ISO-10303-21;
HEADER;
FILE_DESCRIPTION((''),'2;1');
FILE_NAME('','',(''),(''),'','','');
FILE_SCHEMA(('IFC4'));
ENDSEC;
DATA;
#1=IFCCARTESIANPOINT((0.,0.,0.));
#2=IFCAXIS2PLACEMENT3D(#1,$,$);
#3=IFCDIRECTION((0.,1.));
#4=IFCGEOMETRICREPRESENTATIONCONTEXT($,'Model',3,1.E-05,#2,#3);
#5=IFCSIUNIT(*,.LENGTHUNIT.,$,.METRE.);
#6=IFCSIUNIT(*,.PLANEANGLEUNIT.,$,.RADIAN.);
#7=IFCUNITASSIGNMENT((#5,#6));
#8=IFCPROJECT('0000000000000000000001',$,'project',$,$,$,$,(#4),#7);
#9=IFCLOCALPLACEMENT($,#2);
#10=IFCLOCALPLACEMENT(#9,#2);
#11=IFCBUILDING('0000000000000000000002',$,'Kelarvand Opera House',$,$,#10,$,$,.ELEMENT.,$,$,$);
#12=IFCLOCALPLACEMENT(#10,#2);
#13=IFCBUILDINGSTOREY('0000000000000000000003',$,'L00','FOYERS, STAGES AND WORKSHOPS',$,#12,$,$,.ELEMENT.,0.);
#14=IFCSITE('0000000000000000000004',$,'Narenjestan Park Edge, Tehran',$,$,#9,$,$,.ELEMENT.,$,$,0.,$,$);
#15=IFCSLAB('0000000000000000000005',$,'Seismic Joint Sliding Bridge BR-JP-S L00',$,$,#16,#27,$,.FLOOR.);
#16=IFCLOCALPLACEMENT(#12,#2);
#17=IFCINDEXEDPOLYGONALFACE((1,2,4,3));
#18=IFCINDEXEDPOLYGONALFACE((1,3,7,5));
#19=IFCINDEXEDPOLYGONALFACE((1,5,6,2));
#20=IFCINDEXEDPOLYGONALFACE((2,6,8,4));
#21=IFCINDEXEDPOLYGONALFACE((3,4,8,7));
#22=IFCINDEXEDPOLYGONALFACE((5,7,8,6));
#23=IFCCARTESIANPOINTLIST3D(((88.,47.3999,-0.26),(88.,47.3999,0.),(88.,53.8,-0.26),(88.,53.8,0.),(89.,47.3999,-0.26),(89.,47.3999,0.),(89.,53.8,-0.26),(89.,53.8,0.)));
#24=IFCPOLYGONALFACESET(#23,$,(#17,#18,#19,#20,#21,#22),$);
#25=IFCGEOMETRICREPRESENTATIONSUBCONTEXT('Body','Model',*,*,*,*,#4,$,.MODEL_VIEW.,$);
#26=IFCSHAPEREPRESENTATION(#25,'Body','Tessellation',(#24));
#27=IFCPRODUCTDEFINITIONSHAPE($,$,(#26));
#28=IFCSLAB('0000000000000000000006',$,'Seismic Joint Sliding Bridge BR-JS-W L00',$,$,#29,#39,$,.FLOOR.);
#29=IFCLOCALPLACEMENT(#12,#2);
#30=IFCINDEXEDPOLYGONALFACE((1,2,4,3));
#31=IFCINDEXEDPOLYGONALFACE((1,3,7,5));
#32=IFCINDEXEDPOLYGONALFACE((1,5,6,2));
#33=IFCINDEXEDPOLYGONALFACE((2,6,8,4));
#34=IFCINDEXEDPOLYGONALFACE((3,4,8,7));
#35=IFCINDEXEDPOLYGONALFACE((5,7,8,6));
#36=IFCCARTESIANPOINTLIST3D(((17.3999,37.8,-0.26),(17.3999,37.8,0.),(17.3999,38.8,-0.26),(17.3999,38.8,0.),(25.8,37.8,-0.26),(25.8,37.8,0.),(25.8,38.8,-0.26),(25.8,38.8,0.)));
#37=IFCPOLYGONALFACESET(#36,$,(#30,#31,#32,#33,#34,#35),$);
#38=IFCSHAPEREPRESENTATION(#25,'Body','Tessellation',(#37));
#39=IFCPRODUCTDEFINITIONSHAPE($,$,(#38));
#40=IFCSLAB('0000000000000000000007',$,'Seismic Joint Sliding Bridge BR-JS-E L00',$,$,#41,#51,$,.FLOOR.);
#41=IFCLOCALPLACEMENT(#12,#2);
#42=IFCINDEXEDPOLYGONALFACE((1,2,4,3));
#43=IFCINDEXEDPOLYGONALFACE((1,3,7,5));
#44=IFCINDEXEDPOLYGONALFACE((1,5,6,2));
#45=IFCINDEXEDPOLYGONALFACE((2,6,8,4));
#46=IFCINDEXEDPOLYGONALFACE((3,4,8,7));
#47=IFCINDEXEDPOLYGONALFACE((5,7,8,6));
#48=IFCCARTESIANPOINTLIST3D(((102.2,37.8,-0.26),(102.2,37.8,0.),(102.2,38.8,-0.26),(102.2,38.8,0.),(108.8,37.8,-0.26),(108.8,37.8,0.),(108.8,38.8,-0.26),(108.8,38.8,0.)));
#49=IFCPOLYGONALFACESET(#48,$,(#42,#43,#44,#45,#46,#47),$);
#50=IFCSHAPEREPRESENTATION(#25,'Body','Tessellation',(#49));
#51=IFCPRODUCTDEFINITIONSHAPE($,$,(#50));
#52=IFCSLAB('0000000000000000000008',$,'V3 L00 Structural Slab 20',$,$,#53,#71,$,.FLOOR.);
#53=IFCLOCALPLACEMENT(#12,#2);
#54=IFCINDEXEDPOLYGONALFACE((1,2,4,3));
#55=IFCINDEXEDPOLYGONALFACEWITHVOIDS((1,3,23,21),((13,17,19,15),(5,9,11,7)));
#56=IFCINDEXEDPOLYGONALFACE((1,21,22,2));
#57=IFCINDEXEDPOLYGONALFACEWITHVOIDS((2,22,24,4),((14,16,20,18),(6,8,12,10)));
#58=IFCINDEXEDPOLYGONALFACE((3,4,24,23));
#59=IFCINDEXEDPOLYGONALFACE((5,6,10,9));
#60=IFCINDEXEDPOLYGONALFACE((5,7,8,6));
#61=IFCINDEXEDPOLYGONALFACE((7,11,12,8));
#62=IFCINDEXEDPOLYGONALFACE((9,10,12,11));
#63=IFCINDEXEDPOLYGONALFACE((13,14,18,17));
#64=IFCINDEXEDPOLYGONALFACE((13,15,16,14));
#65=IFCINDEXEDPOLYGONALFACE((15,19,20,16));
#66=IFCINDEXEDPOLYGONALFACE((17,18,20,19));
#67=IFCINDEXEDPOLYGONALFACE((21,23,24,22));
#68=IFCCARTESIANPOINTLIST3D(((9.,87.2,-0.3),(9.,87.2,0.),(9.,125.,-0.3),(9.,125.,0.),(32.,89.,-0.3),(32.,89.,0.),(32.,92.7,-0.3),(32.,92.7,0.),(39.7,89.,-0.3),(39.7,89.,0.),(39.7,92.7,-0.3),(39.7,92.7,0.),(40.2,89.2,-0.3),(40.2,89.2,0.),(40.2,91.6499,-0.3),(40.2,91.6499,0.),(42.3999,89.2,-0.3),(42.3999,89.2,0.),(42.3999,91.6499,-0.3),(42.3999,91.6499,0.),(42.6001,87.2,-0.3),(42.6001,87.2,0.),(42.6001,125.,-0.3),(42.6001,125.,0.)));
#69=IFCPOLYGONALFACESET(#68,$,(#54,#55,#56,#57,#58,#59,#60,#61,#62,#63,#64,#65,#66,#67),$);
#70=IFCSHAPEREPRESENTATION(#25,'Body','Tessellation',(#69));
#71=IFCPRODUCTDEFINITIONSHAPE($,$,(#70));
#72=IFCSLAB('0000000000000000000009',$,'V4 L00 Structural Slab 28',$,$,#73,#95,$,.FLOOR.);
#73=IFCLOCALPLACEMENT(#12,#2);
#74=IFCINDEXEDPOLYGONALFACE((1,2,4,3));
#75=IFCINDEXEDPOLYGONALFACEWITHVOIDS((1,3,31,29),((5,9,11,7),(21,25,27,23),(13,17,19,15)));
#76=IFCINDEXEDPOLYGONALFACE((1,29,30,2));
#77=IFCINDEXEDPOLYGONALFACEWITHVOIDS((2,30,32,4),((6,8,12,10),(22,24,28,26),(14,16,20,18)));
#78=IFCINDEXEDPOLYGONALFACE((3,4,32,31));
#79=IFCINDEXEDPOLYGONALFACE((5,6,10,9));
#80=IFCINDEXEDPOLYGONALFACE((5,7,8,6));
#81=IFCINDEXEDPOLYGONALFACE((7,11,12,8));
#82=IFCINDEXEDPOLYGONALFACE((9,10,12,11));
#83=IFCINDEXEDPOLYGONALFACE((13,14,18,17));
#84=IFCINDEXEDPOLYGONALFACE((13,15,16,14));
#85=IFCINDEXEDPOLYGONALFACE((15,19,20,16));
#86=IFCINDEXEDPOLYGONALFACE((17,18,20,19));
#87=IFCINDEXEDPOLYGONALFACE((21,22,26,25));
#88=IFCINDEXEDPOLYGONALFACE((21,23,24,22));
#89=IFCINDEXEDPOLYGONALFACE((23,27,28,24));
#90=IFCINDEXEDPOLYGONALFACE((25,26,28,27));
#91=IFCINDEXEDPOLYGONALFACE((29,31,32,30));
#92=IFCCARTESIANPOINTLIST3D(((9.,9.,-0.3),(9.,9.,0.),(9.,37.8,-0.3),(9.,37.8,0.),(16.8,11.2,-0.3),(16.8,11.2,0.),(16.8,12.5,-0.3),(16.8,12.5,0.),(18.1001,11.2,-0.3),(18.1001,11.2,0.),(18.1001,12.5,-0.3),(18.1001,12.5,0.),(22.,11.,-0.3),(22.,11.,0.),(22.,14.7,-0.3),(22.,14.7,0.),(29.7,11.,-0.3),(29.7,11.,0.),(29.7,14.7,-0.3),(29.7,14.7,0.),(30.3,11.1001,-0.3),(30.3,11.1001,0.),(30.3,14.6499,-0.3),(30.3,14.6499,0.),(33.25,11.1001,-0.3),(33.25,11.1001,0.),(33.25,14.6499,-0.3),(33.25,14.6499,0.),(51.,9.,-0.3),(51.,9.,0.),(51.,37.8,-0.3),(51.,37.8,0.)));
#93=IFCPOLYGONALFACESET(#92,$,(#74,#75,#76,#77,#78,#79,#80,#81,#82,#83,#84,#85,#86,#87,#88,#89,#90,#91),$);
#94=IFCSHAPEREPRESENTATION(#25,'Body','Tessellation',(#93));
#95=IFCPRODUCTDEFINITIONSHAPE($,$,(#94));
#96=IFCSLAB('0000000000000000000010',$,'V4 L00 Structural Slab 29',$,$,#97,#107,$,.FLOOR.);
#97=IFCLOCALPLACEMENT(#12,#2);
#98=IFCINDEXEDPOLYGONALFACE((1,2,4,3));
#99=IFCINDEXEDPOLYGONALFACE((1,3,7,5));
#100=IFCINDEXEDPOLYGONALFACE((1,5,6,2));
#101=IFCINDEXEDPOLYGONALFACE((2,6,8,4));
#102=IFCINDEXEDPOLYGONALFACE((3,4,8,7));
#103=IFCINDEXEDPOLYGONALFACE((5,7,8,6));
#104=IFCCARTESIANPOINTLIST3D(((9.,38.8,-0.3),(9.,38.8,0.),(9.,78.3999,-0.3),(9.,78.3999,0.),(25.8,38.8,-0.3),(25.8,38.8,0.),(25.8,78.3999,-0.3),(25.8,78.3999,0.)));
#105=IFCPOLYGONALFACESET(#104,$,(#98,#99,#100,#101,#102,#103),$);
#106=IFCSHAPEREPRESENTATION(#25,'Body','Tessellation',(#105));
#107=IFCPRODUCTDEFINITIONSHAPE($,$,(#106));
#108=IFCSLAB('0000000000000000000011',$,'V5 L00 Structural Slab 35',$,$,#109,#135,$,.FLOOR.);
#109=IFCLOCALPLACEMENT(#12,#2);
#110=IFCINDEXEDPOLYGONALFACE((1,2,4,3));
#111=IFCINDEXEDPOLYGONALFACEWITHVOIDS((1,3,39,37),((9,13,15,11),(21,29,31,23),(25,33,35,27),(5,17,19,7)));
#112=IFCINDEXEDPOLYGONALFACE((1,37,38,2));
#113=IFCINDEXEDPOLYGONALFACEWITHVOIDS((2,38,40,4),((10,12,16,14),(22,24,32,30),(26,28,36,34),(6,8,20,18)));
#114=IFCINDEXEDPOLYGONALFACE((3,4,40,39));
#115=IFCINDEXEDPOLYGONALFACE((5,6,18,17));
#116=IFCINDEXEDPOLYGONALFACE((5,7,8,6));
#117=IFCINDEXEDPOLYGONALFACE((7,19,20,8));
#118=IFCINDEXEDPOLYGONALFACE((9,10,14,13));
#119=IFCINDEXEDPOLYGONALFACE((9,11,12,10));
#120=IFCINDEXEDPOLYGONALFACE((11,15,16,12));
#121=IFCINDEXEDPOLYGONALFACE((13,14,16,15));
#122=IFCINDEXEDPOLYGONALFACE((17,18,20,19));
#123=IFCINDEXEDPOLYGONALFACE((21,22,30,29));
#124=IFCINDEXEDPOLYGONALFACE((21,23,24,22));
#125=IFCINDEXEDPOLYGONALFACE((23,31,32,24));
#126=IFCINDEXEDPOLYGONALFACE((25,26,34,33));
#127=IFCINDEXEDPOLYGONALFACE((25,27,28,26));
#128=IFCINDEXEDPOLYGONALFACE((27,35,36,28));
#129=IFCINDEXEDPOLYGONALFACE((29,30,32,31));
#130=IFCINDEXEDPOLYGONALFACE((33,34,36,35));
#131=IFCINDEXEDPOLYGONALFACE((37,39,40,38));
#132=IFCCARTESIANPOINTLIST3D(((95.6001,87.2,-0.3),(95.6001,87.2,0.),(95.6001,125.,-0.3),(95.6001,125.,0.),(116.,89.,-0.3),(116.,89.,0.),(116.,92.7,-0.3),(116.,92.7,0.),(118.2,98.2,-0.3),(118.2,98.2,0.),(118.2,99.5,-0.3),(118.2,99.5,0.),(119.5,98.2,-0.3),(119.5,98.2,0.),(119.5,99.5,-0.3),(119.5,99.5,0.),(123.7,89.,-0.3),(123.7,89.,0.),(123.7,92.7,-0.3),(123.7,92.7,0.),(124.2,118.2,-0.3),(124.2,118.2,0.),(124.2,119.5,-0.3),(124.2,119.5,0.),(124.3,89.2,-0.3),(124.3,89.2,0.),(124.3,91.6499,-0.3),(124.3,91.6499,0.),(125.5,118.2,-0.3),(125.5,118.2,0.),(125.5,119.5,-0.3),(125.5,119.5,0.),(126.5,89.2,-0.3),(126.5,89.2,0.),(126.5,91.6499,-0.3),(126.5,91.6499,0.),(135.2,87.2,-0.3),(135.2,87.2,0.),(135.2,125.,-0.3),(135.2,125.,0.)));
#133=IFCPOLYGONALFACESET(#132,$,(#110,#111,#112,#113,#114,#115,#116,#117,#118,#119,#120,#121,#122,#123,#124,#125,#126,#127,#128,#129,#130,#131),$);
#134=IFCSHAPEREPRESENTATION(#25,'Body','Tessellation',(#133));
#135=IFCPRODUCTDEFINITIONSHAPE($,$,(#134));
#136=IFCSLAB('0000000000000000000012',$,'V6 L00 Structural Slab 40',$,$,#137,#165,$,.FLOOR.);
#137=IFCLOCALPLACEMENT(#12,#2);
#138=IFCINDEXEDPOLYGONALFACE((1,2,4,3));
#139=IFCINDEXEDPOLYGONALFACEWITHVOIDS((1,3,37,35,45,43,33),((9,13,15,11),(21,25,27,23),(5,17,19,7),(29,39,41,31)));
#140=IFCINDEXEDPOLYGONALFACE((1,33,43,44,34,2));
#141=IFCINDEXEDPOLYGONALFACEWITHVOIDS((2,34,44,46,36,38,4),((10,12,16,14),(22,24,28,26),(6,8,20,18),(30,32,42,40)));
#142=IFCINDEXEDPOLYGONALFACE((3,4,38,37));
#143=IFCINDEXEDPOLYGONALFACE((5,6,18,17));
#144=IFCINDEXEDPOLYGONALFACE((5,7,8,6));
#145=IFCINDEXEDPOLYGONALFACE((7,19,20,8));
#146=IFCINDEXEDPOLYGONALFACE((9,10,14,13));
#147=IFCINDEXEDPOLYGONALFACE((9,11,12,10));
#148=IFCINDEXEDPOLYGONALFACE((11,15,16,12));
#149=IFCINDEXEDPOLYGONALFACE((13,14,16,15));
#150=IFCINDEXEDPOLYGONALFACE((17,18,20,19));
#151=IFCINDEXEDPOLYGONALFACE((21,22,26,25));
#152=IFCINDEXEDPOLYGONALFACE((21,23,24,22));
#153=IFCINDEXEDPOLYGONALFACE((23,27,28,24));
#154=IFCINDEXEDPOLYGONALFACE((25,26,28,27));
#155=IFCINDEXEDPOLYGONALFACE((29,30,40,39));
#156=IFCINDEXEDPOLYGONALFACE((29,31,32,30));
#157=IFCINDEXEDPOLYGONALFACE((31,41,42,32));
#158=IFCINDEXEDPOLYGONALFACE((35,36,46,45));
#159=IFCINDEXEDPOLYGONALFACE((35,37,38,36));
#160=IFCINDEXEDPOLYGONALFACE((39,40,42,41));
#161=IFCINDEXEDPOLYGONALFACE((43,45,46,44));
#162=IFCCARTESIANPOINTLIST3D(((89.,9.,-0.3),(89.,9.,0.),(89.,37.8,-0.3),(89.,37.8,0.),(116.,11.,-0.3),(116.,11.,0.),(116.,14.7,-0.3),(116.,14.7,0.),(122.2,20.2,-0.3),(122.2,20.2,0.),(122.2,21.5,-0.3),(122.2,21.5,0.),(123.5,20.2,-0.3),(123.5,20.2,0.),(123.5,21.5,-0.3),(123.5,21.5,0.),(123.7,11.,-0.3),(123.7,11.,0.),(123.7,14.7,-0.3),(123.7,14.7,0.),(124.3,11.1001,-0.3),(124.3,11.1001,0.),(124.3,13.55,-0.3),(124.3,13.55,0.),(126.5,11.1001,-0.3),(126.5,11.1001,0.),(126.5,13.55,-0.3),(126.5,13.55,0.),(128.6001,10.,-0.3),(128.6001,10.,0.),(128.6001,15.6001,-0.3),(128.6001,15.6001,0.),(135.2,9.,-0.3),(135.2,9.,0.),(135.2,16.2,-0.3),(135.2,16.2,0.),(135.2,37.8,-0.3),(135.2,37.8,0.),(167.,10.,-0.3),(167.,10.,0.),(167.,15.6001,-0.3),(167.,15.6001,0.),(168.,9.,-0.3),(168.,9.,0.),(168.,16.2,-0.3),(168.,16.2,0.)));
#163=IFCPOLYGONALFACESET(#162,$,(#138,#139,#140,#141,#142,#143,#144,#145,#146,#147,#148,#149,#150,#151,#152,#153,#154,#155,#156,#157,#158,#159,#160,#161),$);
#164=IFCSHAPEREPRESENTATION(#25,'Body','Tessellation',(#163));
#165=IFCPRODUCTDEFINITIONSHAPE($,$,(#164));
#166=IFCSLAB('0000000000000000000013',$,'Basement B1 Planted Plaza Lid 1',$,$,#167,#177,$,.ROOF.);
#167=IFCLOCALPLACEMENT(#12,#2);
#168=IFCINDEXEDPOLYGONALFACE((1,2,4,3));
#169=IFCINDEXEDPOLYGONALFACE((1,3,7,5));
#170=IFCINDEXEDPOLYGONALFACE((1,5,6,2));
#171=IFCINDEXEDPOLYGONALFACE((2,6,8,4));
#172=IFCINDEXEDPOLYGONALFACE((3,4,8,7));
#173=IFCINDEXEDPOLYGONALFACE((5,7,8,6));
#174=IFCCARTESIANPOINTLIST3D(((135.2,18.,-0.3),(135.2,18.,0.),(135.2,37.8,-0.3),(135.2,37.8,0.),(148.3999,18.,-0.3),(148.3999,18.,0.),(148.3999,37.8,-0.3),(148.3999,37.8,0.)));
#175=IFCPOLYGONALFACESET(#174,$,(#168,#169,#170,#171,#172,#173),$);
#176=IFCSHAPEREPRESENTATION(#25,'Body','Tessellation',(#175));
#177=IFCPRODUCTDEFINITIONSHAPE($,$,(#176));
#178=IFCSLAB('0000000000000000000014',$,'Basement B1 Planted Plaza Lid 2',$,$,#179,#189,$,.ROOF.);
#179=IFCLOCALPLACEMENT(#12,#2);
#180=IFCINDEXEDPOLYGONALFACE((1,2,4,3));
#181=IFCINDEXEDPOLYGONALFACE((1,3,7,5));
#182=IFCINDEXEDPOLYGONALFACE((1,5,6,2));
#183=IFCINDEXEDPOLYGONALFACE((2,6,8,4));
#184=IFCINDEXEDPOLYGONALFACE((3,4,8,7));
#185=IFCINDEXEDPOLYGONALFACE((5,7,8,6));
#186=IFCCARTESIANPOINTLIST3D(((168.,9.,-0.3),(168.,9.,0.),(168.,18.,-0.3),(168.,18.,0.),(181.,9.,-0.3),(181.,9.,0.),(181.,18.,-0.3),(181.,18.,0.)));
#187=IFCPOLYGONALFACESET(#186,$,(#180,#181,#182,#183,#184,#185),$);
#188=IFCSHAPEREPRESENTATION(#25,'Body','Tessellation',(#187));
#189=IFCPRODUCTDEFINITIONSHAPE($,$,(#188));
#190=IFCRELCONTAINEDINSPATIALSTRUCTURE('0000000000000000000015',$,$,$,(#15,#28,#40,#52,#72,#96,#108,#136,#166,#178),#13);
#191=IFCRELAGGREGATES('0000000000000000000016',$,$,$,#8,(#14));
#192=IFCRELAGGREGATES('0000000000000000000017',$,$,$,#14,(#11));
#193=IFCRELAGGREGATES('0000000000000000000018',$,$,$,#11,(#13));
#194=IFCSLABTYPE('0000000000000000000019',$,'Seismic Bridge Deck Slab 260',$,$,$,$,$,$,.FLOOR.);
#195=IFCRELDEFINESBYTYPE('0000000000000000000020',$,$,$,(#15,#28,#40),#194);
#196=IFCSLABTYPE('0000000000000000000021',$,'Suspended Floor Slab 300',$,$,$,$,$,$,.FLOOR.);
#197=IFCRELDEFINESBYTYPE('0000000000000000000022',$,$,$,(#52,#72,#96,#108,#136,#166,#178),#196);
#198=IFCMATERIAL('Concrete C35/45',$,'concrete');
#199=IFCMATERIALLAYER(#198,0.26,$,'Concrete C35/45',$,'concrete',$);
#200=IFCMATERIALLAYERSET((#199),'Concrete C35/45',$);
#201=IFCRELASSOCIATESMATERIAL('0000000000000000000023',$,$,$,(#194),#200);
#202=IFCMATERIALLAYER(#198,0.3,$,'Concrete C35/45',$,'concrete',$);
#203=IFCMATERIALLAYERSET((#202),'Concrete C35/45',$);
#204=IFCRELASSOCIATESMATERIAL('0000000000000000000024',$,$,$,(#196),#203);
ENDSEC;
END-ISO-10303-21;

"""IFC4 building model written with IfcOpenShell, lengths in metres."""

from ifc_helpers import new_model, si_unit, direction, frame, origin, place, context, subcontext, project, spatial, polyline, outline, extrude, material, layer, layer_set, type_object, element, save


model = new_model("IFC4")

# Units and contexts
model_context = context("Model", 3, precision=1e-05, world=origin(), true_north=direction((0.0, 1.0)))
body_context = subcontext(model_context, "Body", "Model", "MODEL_VIEW")
ifc_project = project(units=[si_unit("LENGTHUNIT", "METRE"), si_unit("PLANEANGLEUNIT", "RADIAN")], contexts=[model_context])

# Site, building, storey
site_placement = place(None, origin())
site = spatial("IfcSite", under=ifc_project, at=site_placement, Name="Narenjestan Park Edge, Tehran", CompositionType="ELEMENT", RefElevation=0.0)
building_placement = place(site_placement, origin())
building = spatial("IfcBuilding", under=site, at=building_placement, Name="Kelarvand Opera House", CompositionType="ELEMENT")
storey_placement = place(building_placement, origin())
storey = spatial("IfcBuildingStorey", under=building, at=storey_placement, Name="L00", Description="FOYERS, STAGES AND WORKSHOPS", CompositionType="ELEMENT", Elevation=0.0)

# Slabs
ifc_material_1 = material(Name="Concrete C35/45", Category="concrete")
ifc_layer_1 = layer(ifc_material_1, 0.26, Name="Concrete C35/45", Category="concrete")
ifc_layer_set_1 = layer_set([ifc_layer_1], Name="Concrete C35/45")
slab_type_1 = type_object("IfcSlabType", Name="Seismic Bridge Deck Slab 260", PredefinedType="FLOOR", material=ifc_layer_set_1)
slab_1_placement = place(storey_placement, frame((0.0, 0.0, -0.26)))
element("IfcSlab", 1, at=slab_1_placement, inside=storey, type_object=slab_type_1, Name="Seismic Joint Sliding Bridge BR-JP-S L00", PredefinedType="FLOOR", context=body_context, shape_type="SweptSolid", body=[
    extrude(outline(polyline([(88.0, 47.3999), (89.0, 47.3999), (89.0, 53.8), (88.0, 53.8), (88.0, 47.3999)])), origin(), (0.0, 0.0, 1.0), 0.26),
])
slab_2_placement = place(storey_placement, frame((0.0, 0.0, -0.26)))
element("IfcSlab", 2, at=slab_2_placement, inside=storey, type_object=slab_type_1, Name="Seismic Joint Sliding Bridge BR-JS-W L00", PredefinedType="FLOOR", context=body_context, shape_type="SweptSolid", body=[
    extrude(outline(polyline([(17.3999, 37.8), (25.8, 37.8), (25.8, 38.8), (17.3999, 38.8), (17.3999, 37.8)])), origin(), (0.0, 0.0, 1.0), 0.26),
])
slab_3_placement = place(storey_placement, frame((0.0, 0.0, -0.26)))
element("IfcSlab", 3, at=slab_3_placement, inside=storey, type_object=slab_type_1, Name="Seismic Joint Sliding Bridge BR-JS-E L00", PredefinedType="FLOOR", context=body_context, shape_type="SweptSolid", body=[
    extrude(outline(polyline([(102.2, 37.8), (108.8, 37.8), (108.8, 38.8), (102.2, 38.8), (102.2, 37.8)])), origin(), (0.0, 0.0, 1.0), 0.26),
])
ifc_layer_2 = layer(ifc_material_1, 0.3, Name="Concrete C35/45", Category="concrete")
ifc_layer_set_2 = layer_set([ifc_layer_2], Name="Concrete C35/45")
slab_type_2 = type_object("IfcSlabType", Name="Suspended Floor Slab 300", PredefinedType="FLOOR", material=ifc_layer_set_2)
slab_4_placement = place(storey_placement, frame((0.0, 0.0, -0.3)))
element("IfcSlab", 4, at=slab_4_placement, inside=storey, type_object=slab_type_2, Name="V3 L00 Structural Slab 20", PredefinedType="FLOOR", context=body_context, shape_type="SweptSolid", body=[
    extrude(outline(polyline([(42.6001, 87.2), (42.6001, 125.0), (9.0, 125.0), (9.0, 87.2), (42.6001, 87.2)]), holes=[polyline([(40.2, 89.2), (40.2, 91.6499), (42.3999, 91.6499), (42.3999, 89.2), (40.2, 89.2)]), polyline([(32.0, 89.0), (32.0, 92.7), (39.7, 92.7), (39.7, 89.0), (32.0, 89.0)])]), origin(), (0.0, 0.0, 1.0), 0.3),
])
slab_5_placement = place(storey_placement, frame((0.0, 0.0, -0.3)))
element("IfcSlab", 5, at=slab_5_placement, inside=storey, type_object=slab_type_2, Name="V4 L00 Structural Slab 28", PredefinedType="FLOOR", context=body_context, shape_type="SweptSolid", body=[
    extrude(outline(polyline([(9.0, 9.0), (9.0, 37.8), (51.0, 37.8), (51.0, 9.0), (9.0, 9.0)]), holes=[polyline([(16.8, 11.2), (16.8, 12.5), (18.1001, 12.5), (18.1001, 11.2), (16.8, 11.2)]), polyline([(22.0, 14.7), (29.7, 14.7), (29.7, 11.0), (22.0, 11.0), (22.0, 14.7)]), polyline([(30.3, 14.6499), (33.25, 14.6499), (33.25, 11.1001), (30.3, 11.1001), (30.3, 14.6499)])]), origin(), (0.0, 0.0, 1.0), 0.3),
])
slab_6_placement = place(storey_placement, frame((0.0, 0.0, -0.3)))
element("IfcSlab", 6, at=slab_6_placement, inside=storey, type_object=slab_type_2, Name="V4 L00 Structural Slab 29", PredefinedType="FLOOR", context=body_context, shape_type="SweptSolid", body=[
    extrude(outline(polyline([(9.0, 38.8), (9.0, 78.3999), (25.8, 78.3999), (25.8, 38.8), (9.0, 38.8)])), origin(), (0.0, 0.0, 1.0), 0.3),
])
slab_7_placement = place(storey_placement, frame((0.0, 0.0, -0.3)))
element("IfcSlab", 7, at=slab_7_placement, inside=storey, type_object=slab_type_2, Name="V5 L00 Structural Slab 35", PredefinedType="FLOOR", context=body_context, shape_type="SweptSolid", body=[
    extrude(outline(polyline([(135.2, 87.2), (135.2, 125.0), (95.6001, 125.0), (95.6001, 87.2), (135.2, 87.2)]), holes=[polyline([(124.3, 91.6499), (126.5, 91.6499), (126.5, 89.2), (124.3, 89.2), (124.3, 91.6499)]), polyline([(116.0, 92.7), (123.7, 92.7), (123.7, 89.0), (116.0, 89.0), (116.0, 92.7)]), polyline([(118.2, 99.5), (119.5, 99.5), (119.5, 98.2), (118.2, 98.2), (118.2, 99.5)]), polyline([(124.2, 119.5), (125.5, 119.5), (125.5, 118.2), (124.2, 118.2), (124.2, 119.5)])]), origin(), (0.0, 0.0, 1.0), 0.3),
])
slab_8_placement = place(storey_placement, frame((0.0, 0.0, -0.3)))
element("IfcSlab", 8, at=slab_8_placement, inside=storey, type_object=slab_type_2, Name="V6 L00 Structural Slab 40", PredefinedType="FLOOR", context=body_context, shape_type="SweptSolid", body=[
    extrude(outline(polyline([(168.0, 16.2), (168.0, 9.0), (135.2, 9.0), (89.0, 9.0), (89.0, 37.8), (135.2, 37.8), (135.2, 16.2), (168.0, 16.2)]), holes=[polyline([(124.3, 13.55), (126.5, 13.55), (126.5, 11.1001), (124.3, 11.1001), (124.3, 13.55)]), polyline([(128.6001, 15.6001), (167.0, 15.6001), (167.0, 10.0), (128.6001, 10.0), (128.6001, 15.6001)]), polyline([(123.7, 14.7), (123.7, 11.0), (116.0, 11.0), (116.0, 14.7), (123.7, 14.7)]), polyline([(123.5, 21.5), (123.5, 20.2), (122.2, 20.2), (122.2, 21.5), (123.5, 21.5)])]), origin(), (0.0, 0.0, 1.0), 0.3),
])
slab_9_placement = place(storey_placement, frame((0.0, 0.0, -0.3)))
element("IfcSlab", 9, at=slab_9_placement, inside=storey, type_object=slab_type_2, Name="Basement B1 Planted Plaza Lid 1", PredefinedType="ROOF", context=body_context, shape_type="SweptSolid", body=[
    extrude(outline(polyline([(135.2, 18.0), (148.3999, 18.0), (148.3999, 37.8), (135.2, 37.8), (135.2, 18.0)])), origin(), (0.0, 0.0, 1.0), 0.3),
])
slab_10_placement = place(storey_placement, frame((0.0, 0.0, -0.3)))
element("IfcSlab", 10, at=slab_10_placement, inside=storey, type_object=slab_type_2, Name="Basement B1 Planted Plaza Lid 2", PredefinedType="ROOF", context=body_context, shape_type="SweptSolid", body=[
    extrude(outline(polyline([(168.0, 9.0), (181.0, 9.0), (181.0, 18.0), (168.0, 18.0), (168.0, 9.0)])), origin(), (0.0, 0.0, 1.0), 0.3),
])

save(model, "model.ifc")
